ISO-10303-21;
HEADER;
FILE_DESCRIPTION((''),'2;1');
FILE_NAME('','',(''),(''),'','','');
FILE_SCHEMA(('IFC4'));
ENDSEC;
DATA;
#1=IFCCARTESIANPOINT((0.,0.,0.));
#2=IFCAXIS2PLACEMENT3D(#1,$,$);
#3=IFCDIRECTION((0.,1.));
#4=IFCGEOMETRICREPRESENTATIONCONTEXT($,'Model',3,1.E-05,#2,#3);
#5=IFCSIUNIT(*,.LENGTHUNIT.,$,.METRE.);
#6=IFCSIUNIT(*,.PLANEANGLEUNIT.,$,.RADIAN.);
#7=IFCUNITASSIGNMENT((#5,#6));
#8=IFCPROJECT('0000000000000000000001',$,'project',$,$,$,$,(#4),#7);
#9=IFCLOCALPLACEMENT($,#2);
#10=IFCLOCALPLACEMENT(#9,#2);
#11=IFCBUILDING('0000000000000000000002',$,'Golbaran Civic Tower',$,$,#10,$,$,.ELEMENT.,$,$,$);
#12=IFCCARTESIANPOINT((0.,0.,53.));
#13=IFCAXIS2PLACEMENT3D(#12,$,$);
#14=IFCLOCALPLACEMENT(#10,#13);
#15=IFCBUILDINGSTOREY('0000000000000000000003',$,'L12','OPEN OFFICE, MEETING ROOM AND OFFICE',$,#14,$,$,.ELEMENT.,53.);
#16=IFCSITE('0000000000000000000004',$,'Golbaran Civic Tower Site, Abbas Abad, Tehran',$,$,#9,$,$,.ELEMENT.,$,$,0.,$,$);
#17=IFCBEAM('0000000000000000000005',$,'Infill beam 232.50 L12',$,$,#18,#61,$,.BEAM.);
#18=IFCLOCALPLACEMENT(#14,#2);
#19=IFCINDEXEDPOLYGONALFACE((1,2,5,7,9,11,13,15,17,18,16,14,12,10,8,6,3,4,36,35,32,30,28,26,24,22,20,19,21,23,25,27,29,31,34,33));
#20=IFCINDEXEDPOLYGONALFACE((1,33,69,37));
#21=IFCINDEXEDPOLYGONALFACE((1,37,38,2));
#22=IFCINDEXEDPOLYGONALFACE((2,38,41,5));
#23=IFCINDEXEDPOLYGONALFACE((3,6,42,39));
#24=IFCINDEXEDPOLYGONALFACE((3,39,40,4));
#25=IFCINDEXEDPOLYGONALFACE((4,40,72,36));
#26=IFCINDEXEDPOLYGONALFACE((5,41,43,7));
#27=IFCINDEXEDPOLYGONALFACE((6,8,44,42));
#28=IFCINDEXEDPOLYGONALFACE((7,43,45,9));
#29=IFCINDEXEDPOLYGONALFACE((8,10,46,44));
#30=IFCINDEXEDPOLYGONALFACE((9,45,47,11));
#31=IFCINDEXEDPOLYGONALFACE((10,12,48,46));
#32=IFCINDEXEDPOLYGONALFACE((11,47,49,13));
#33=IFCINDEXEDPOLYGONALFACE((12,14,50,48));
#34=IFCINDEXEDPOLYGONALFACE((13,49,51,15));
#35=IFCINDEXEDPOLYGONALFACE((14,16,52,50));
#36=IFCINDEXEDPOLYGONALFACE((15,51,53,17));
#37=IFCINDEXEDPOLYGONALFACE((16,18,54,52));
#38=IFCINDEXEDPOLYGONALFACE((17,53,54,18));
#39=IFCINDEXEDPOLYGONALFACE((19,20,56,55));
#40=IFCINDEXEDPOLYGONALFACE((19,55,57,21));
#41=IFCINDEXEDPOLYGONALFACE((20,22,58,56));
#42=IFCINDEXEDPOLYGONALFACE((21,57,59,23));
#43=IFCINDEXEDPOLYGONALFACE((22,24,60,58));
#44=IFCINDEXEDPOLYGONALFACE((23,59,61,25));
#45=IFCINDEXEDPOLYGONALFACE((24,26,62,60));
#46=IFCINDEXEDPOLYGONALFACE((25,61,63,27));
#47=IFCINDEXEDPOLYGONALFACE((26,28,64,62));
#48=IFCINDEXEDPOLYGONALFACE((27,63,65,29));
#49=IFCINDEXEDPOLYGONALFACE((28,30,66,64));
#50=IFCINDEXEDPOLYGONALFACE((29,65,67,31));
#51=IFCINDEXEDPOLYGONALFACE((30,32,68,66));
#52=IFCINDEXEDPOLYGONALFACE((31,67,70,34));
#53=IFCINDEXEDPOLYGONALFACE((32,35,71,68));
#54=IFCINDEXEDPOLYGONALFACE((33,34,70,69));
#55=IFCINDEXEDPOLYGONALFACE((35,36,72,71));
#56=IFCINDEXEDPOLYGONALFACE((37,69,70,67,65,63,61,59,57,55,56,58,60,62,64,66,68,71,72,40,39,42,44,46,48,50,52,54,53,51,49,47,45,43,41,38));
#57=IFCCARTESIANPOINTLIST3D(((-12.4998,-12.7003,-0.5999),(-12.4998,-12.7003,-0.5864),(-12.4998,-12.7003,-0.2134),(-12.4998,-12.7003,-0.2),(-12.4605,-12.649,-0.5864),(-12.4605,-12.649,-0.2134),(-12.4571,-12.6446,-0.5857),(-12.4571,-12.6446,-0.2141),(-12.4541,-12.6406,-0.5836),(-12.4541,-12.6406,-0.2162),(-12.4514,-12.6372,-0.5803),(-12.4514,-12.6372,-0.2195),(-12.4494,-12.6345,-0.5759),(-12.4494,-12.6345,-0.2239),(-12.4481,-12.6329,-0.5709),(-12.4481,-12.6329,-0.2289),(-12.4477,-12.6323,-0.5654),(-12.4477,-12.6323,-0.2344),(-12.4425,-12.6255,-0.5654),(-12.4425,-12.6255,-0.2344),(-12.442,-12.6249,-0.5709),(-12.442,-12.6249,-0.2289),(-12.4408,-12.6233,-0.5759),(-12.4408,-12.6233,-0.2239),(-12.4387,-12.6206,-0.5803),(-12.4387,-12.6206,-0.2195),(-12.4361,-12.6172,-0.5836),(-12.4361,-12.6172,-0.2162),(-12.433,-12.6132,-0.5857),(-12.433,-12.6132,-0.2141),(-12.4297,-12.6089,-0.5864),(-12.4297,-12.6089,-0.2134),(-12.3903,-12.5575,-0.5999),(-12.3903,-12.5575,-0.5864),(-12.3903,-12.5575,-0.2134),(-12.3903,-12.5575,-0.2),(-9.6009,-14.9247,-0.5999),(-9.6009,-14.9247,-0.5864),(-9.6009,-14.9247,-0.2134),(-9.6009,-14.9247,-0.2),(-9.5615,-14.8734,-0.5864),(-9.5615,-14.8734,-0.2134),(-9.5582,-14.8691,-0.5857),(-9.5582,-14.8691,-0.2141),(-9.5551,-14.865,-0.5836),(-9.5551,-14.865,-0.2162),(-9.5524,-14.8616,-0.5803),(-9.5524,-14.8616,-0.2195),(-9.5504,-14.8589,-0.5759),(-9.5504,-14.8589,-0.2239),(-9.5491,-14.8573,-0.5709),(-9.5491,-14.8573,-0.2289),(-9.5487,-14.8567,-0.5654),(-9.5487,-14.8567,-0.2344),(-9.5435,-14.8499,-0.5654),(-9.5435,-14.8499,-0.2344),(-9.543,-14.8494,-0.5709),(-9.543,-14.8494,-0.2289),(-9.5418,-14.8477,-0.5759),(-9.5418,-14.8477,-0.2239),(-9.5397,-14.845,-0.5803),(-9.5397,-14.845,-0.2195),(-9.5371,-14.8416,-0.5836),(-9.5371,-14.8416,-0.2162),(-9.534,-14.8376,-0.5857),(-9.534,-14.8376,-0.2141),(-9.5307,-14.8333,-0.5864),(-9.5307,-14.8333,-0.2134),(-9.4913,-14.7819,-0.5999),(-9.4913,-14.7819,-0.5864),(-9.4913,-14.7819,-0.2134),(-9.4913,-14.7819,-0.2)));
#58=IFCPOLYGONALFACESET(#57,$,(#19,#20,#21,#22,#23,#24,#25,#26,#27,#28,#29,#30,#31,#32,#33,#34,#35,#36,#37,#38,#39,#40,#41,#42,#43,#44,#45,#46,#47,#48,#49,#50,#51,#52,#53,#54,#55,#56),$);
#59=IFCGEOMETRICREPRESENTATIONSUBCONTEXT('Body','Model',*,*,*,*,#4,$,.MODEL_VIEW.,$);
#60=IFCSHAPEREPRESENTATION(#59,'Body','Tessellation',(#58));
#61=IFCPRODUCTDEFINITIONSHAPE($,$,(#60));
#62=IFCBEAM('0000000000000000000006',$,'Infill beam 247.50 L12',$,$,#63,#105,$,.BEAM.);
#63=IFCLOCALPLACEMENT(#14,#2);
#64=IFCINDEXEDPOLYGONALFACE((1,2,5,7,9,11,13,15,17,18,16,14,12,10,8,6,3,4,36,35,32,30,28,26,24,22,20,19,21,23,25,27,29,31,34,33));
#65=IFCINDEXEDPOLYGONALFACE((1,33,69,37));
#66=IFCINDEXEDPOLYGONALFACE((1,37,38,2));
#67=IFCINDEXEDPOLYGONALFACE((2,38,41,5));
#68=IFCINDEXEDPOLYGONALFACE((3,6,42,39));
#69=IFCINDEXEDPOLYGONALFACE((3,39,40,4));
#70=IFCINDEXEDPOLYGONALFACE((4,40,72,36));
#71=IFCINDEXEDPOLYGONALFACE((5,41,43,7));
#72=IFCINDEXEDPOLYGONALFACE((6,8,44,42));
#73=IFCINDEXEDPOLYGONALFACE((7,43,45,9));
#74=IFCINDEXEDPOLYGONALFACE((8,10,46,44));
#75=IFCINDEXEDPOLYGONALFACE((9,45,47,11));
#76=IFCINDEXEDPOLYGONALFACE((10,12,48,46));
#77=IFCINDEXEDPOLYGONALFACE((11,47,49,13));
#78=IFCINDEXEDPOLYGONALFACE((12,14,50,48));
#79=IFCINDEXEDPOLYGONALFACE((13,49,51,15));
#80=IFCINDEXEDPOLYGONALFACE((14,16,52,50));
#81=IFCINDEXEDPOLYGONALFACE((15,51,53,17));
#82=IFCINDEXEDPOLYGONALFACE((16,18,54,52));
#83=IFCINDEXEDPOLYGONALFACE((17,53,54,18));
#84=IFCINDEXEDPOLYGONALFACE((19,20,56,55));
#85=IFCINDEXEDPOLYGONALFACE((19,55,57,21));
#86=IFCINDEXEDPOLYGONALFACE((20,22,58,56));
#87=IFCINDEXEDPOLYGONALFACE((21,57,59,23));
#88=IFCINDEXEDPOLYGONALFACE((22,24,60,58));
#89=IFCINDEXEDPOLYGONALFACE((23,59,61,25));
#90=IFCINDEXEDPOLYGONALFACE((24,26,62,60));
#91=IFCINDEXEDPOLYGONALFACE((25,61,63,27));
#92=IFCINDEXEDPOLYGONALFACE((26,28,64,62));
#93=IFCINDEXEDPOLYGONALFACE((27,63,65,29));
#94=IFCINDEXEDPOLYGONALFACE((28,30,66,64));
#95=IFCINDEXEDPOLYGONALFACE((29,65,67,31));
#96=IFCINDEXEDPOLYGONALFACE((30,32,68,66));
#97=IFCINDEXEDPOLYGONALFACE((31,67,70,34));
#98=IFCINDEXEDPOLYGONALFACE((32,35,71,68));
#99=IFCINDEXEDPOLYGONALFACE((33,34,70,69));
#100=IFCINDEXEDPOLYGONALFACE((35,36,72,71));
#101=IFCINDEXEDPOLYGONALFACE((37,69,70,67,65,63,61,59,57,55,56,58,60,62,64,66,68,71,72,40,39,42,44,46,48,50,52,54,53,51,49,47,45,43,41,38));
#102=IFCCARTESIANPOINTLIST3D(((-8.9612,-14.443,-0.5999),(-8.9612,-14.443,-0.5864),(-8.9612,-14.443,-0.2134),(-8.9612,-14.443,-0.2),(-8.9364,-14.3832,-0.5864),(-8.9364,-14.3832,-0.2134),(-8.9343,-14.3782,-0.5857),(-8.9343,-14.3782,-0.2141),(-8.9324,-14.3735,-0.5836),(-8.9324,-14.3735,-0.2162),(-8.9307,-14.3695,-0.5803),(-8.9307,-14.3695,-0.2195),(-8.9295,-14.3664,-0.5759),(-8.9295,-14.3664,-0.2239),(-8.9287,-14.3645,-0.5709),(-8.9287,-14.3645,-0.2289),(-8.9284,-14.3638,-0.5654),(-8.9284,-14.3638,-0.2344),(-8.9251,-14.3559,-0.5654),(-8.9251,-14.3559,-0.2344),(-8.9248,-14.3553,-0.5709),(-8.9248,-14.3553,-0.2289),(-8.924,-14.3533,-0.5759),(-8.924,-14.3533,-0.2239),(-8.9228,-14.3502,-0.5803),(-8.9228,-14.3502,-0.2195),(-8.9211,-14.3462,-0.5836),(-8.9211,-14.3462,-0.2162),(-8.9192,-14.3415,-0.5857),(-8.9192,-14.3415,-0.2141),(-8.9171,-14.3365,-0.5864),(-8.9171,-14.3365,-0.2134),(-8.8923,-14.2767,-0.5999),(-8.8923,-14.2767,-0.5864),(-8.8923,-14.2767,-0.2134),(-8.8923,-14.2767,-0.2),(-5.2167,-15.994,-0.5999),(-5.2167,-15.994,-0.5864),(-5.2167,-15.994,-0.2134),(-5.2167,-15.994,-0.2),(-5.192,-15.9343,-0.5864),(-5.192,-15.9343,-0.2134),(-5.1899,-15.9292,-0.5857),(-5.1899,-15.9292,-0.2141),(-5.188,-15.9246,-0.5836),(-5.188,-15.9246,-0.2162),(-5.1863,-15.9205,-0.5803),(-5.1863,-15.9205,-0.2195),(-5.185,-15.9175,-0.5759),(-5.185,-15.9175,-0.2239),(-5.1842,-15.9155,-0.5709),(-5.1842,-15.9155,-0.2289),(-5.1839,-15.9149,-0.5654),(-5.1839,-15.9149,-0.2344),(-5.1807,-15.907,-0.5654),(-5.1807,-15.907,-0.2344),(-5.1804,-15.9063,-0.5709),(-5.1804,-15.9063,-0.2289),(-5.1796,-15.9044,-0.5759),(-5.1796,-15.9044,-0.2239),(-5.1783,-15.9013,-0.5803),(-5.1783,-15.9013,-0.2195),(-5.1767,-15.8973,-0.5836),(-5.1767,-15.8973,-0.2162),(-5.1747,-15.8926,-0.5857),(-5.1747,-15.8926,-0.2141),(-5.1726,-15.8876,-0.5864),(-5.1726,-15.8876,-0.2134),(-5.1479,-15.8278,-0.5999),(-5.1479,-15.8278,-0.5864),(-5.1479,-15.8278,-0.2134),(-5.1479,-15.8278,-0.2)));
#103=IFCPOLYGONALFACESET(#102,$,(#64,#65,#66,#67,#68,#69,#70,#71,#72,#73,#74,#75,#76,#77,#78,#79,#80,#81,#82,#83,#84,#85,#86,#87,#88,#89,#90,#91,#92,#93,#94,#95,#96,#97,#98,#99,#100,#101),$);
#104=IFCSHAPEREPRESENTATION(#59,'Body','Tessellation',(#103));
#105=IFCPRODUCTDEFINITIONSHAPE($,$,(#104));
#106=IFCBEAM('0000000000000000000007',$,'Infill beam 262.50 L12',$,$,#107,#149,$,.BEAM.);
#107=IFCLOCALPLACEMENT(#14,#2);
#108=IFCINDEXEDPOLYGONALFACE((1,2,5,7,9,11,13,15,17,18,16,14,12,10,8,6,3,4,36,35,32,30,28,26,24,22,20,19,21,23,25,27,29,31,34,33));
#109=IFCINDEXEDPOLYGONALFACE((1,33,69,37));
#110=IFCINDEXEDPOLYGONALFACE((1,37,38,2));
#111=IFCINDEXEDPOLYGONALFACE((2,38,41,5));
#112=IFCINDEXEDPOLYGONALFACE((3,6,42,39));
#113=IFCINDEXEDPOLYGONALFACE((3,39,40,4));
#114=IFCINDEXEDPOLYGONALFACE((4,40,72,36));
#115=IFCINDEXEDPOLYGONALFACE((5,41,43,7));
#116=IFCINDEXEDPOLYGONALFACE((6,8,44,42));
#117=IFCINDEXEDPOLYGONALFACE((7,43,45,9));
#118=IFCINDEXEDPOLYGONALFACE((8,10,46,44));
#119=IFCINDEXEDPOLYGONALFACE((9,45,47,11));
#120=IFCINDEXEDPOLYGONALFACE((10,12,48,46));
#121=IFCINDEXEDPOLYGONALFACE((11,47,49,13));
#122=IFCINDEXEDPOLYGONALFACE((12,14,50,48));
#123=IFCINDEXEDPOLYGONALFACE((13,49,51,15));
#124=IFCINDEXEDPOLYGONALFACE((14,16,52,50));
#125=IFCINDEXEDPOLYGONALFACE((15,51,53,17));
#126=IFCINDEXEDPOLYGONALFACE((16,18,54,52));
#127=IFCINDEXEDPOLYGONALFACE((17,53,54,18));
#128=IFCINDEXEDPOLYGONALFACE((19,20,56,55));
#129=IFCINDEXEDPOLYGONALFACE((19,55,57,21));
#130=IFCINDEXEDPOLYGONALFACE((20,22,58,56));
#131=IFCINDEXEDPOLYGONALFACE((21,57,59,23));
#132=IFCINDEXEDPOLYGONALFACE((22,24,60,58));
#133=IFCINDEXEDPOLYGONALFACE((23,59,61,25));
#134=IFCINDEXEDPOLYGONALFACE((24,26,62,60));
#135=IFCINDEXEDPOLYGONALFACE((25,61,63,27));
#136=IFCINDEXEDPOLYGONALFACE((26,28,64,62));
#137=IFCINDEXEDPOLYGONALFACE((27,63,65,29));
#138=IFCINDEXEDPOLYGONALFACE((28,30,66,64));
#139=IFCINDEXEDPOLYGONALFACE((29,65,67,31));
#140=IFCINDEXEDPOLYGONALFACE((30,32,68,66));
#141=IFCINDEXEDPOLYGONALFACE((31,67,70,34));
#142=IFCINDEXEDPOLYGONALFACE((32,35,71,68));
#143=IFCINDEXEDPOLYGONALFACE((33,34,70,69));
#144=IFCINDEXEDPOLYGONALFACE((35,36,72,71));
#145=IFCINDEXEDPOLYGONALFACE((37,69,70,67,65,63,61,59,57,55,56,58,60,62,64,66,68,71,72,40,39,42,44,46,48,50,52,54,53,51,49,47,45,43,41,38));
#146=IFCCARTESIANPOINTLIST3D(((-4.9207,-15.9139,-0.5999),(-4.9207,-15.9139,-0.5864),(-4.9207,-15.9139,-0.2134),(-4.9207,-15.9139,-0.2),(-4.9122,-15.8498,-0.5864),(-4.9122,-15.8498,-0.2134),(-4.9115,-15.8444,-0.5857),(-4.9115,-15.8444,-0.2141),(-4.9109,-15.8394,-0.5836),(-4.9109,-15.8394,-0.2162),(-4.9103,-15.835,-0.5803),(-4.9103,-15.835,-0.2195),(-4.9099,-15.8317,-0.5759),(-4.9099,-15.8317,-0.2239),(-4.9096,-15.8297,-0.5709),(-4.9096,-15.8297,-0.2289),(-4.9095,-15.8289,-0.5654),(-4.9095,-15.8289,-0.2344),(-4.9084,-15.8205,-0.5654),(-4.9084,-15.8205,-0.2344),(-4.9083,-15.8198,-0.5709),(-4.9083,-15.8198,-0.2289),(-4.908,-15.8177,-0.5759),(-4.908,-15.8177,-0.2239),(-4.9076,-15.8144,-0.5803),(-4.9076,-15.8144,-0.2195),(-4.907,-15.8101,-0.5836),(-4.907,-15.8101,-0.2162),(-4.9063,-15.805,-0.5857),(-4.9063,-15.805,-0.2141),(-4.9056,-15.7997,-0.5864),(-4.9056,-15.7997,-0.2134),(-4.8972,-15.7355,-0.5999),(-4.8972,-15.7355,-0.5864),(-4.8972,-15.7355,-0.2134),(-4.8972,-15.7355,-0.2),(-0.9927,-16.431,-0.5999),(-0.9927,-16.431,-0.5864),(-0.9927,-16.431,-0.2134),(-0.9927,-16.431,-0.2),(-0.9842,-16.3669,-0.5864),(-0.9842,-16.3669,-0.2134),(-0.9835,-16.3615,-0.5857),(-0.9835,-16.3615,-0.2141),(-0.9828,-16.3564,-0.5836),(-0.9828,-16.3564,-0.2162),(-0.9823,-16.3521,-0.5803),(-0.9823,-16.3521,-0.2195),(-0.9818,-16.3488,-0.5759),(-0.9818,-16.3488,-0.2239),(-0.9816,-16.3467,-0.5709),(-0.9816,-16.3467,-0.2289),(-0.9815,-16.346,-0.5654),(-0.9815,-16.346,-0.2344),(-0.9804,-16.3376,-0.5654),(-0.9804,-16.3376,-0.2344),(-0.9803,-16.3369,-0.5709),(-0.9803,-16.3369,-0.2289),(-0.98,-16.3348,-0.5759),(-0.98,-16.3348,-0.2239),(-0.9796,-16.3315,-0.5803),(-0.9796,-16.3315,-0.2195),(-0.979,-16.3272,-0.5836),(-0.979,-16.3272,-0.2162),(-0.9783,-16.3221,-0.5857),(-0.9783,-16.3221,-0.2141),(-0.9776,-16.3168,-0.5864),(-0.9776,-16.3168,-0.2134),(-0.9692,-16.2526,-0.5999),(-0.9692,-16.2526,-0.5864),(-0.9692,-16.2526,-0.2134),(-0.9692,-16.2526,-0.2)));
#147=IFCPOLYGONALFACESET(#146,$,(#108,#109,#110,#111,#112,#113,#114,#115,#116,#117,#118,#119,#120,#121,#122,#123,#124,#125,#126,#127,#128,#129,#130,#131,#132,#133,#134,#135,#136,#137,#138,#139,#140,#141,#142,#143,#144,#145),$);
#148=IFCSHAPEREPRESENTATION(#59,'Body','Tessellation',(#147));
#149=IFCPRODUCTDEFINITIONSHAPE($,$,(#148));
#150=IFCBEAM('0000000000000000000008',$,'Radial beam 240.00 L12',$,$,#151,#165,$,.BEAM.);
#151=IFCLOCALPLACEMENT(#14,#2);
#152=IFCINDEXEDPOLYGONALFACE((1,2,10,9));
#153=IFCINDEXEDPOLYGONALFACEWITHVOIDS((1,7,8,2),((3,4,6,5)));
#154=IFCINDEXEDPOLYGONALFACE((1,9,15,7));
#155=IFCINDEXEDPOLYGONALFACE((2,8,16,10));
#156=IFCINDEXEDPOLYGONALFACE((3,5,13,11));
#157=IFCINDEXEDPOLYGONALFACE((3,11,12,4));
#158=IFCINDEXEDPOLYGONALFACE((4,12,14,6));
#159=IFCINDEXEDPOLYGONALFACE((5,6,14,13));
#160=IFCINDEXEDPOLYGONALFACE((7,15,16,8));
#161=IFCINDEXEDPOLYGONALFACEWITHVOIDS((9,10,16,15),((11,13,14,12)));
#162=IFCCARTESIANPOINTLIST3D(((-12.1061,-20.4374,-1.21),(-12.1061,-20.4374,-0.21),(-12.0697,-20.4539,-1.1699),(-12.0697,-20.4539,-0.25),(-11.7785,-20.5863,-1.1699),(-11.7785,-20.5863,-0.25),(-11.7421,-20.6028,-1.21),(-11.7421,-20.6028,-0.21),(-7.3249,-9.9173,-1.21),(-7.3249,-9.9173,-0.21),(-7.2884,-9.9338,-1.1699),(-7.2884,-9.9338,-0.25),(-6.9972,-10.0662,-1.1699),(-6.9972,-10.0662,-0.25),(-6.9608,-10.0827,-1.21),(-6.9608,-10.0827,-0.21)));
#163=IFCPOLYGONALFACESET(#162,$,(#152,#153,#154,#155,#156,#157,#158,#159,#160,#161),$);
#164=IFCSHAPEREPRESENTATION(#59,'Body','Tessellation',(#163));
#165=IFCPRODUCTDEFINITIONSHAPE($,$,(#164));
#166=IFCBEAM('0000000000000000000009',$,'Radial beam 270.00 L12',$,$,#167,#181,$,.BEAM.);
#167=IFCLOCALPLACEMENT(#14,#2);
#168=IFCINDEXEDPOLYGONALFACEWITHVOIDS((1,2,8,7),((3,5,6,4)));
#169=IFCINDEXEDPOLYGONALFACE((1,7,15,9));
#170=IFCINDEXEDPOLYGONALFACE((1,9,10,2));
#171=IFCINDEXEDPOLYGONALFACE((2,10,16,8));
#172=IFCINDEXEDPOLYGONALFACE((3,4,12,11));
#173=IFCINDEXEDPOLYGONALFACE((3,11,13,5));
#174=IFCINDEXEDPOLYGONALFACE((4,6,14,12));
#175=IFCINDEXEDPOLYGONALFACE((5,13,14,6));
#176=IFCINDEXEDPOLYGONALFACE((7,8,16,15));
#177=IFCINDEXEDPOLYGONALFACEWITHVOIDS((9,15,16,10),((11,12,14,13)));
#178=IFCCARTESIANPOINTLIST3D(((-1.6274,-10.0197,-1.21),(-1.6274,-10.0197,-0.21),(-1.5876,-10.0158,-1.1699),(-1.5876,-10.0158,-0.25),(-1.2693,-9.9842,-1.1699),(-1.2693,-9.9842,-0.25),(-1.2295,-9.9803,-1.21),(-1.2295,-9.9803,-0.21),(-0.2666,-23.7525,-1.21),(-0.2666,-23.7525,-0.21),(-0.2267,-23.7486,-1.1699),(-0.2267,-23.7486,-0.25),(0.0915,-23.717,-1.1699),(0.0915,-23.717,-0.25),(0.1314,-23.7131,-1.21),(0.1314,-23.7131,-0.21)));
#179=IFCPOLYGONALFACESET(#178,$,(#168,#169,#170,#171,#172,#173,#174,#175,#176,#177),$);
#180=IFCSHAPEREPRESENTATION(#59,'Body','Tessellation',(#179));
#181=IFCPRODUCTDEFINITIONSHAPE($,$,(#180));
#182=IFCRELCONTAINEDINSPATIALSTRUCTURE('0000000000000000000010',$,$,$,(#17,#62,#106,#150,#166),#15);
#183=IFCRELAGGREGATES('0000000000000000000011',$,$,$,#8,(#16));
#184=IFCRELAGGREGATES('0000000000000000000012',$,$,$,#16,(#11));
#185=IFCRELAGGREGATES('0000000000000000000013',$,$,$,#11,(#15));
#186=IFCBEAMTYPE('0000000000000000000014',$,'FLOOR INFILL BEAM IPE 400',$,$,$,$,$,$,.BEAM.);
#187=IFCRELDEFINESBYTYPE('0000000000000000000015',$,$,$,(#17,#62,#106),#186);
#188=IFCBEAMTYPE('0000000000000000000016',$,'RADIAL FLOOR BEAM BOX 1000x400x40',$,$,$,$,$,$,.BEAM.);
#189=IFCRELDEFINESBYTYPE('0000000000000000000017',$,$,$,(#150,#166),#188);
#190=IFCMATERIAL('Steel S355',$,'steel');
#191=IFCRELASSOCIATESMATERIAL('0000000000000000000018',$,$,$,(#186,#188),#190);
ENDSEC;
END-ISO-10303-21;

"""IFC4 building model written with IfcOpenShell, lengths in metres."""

from ifc_helpers import new_model, si_unit, direction, frame, origin, origin_2d, place, context, subcontext, project, spatial, hollow_rectangle, i_section, extrude, material, material_profile, profile_set, type_object, element, save


model = new_model("IFC4")

# Units and contexts
model_context = context("Model", 3, precision=1e-05, world=origin(), true_north=direction((0.0, 1.0)))
body_context = subcontext(model_context, "Body", "Model", "MODEL_VIEW")
ifc_project = project(units=[si_unit("LENGTHUNIT", "METRE"), si_unit("PLANEANGLEUNIT", "RADIAN")], contexts=[model_context])

# Site, building, storey
site_placement = place(None, origin())
site = spatial("IfcSite", under=ifc_project, at=site_placement, Name="Golbaran Civic Tower Site, Abbas Abad, Tehran", CompositionType="ELEMENT", RefElevation=0.0)
building_placement = place(site_placement, origin())
building = spatial("IfcBuilding", under=site, at=building_placement, Name="Golbaran Civic Tower", CompositionType="ELEMENT")
storey_placement = place(building_placement, frame((0.0, 0.0, 53.0)))
storey = spatial("IfcBuildingStorey", under=building, at=storey_placement, Name="L12", Description="OPEN OFFICE, MEETING ROOM AND OFFICE", CompositionType="ELEMENT", Elevation=53.0)

# Beams
ifc_material_1 = material(Name="Steel S355", Category="steel")
ifc_material_profile_1 = material_profile(ifc_material_1, i_section(OverallWidth=0.1799, OverallDepth=0.3999, WebThickness=0.0085, FlangeThickness=0.0134, FilletRadius=0.021, at=origin_2d()), Name="IPE 400")
ifc_profile_set_1 = profile_set([ifc_material_profile_1], Name="Steel S355")
beam_type_1 = type_object("IfcBeamType", Name="FLOOR INFILL BEAM IPE 400", PredefinedType="BEAM", material=ifc_profile_set_1)
beam_1_placement = place(storey_placement, frame((-12.4451, -12.6289, -0.3999), z_axis=(0.793361, -0.608751, 0.0), x_axis=(0.608751, 0.793361, 0.0)))
element("IfcBeam", 1, at=beam_1_placement, inside=storey, type_object=beam_type_1, Name="Infill beam 232.50 L12", PredefinedType="BEAM", context=body_context, shape_type="SweptSolid", body=[
    extrude(i_section(OverallWidth=0.1799, OverallDepth=0.3999, WebThickness=0.0085, FlangeThickness=0.0134, FilletRadius=0.021, at=origin_2d()), origin(), (0.0, 0.0, 1.0), 3.6541),
])
beam_2_placement = place(storey_placement, frame((-8.9268, -14.3599, -0.3999), z_axis=(0.923875, -0.382694, 0.0), x_axis=(0.382694, 0.923875, 0.0)))
element("IfcBeam", 2, at=beam_2_placement, inside=storey, type_object=beam_type_1, Name="Infill beam 247.50 L12", PredefinedType="BEAM", context=body_context, shape_type="SweptSolid", body=[
    extrude(i_section(OverallWidth=0.1799, OverallDepth=0.3999, WebThickness=0.0085, FlangeThickness=0.0134, FilletRadius=0.021, at=origin_2d()), origin(), (0.0, 0.0, 1.0), 4.053),
])
beam_3_placement = place(storey_placement, frame((-4.9089, -15.8247, -0.3999), z_axis=(0.991446, -0.130517, 0.0), x_axis=(0.130517, 0.991446, 0.0)))
element("IfcBeam", 3, at=beam_3_placement, inside=storey, type_object=beam_type_1, Name="Infill beam 262.50 L12", PredefinedType="BEAM", context=body_context, shape_type="SweptSolid", body=[
    extrude(i_section(OverallWidth=0.1799, OverallDepth=0.3999, WebThickness=0.0085, FlangeThickness=0.0134, FilletRadius=0.021, at=origin_2d()), origin(), (0.0, 0.0, 1.0), 3.9619),
])
ifc_material_profile_2 = material_profile(ifc_material_1, hollow_rectangle(XDim=0.3999, YDim=1.0, WallThickness=0.04, at=origin_2d()), Name="BOX 1000x400x40")
ifc_profile_set_2 = profile_set([ifc_material_profile_2], Name="Steel S355")
beam_type_2 = type_object("IfcBeamType", Name="RADIAL FLOOR BEAM BOX 1000x400x40", PredefinedType="BEAM", material=ifc_profile_set_2)
beam_4_placement = place(storey_placement, frame((-7.1428, -10.0, -0.71), z_axis=(-0.413762, -0.910385, 0.0), x_axis=(0.910385, -0.413762, 0.0)))
element("IfcBeam", 4, at=beam_4_placement, inside=storey, type_object=beam_type_2, Name="Radial beam 240.00 L12", PredefinedType="BEAM", context=body_context, shape_type="SweptSolid", body=[
    extrude(hollow_rectangle(XDim=0.3999, YDim=1.0, WallThickness=0.04, at=origin_2d()), origin(), (0.0, 0.0, 1.0), 11.5557),
])
beam_5_placement = place(storey_placement, frame((-1.4285, -10.0, -0.71), z_axis=(0.098612, -0.995126, 0.0), x_axis=(0.995126, 0.098612, 0.0)))
element("IfcBeam", 5, at=beam_5_placement, inside=storey, type_object=beam_type_2, Name="Radial beam 270.00 L12", PredefinedType="BEAM", context=body_context, shape_type="SweptSolid", body=[
    extrude(hollow_rectangle(XDim=0.3999, YDim=1.0, WallThickness=0.04, at=origin_2d()), origin(), (0.0, 0.0, 1.0), 13.8),
])

save(model, "model.ifc")
